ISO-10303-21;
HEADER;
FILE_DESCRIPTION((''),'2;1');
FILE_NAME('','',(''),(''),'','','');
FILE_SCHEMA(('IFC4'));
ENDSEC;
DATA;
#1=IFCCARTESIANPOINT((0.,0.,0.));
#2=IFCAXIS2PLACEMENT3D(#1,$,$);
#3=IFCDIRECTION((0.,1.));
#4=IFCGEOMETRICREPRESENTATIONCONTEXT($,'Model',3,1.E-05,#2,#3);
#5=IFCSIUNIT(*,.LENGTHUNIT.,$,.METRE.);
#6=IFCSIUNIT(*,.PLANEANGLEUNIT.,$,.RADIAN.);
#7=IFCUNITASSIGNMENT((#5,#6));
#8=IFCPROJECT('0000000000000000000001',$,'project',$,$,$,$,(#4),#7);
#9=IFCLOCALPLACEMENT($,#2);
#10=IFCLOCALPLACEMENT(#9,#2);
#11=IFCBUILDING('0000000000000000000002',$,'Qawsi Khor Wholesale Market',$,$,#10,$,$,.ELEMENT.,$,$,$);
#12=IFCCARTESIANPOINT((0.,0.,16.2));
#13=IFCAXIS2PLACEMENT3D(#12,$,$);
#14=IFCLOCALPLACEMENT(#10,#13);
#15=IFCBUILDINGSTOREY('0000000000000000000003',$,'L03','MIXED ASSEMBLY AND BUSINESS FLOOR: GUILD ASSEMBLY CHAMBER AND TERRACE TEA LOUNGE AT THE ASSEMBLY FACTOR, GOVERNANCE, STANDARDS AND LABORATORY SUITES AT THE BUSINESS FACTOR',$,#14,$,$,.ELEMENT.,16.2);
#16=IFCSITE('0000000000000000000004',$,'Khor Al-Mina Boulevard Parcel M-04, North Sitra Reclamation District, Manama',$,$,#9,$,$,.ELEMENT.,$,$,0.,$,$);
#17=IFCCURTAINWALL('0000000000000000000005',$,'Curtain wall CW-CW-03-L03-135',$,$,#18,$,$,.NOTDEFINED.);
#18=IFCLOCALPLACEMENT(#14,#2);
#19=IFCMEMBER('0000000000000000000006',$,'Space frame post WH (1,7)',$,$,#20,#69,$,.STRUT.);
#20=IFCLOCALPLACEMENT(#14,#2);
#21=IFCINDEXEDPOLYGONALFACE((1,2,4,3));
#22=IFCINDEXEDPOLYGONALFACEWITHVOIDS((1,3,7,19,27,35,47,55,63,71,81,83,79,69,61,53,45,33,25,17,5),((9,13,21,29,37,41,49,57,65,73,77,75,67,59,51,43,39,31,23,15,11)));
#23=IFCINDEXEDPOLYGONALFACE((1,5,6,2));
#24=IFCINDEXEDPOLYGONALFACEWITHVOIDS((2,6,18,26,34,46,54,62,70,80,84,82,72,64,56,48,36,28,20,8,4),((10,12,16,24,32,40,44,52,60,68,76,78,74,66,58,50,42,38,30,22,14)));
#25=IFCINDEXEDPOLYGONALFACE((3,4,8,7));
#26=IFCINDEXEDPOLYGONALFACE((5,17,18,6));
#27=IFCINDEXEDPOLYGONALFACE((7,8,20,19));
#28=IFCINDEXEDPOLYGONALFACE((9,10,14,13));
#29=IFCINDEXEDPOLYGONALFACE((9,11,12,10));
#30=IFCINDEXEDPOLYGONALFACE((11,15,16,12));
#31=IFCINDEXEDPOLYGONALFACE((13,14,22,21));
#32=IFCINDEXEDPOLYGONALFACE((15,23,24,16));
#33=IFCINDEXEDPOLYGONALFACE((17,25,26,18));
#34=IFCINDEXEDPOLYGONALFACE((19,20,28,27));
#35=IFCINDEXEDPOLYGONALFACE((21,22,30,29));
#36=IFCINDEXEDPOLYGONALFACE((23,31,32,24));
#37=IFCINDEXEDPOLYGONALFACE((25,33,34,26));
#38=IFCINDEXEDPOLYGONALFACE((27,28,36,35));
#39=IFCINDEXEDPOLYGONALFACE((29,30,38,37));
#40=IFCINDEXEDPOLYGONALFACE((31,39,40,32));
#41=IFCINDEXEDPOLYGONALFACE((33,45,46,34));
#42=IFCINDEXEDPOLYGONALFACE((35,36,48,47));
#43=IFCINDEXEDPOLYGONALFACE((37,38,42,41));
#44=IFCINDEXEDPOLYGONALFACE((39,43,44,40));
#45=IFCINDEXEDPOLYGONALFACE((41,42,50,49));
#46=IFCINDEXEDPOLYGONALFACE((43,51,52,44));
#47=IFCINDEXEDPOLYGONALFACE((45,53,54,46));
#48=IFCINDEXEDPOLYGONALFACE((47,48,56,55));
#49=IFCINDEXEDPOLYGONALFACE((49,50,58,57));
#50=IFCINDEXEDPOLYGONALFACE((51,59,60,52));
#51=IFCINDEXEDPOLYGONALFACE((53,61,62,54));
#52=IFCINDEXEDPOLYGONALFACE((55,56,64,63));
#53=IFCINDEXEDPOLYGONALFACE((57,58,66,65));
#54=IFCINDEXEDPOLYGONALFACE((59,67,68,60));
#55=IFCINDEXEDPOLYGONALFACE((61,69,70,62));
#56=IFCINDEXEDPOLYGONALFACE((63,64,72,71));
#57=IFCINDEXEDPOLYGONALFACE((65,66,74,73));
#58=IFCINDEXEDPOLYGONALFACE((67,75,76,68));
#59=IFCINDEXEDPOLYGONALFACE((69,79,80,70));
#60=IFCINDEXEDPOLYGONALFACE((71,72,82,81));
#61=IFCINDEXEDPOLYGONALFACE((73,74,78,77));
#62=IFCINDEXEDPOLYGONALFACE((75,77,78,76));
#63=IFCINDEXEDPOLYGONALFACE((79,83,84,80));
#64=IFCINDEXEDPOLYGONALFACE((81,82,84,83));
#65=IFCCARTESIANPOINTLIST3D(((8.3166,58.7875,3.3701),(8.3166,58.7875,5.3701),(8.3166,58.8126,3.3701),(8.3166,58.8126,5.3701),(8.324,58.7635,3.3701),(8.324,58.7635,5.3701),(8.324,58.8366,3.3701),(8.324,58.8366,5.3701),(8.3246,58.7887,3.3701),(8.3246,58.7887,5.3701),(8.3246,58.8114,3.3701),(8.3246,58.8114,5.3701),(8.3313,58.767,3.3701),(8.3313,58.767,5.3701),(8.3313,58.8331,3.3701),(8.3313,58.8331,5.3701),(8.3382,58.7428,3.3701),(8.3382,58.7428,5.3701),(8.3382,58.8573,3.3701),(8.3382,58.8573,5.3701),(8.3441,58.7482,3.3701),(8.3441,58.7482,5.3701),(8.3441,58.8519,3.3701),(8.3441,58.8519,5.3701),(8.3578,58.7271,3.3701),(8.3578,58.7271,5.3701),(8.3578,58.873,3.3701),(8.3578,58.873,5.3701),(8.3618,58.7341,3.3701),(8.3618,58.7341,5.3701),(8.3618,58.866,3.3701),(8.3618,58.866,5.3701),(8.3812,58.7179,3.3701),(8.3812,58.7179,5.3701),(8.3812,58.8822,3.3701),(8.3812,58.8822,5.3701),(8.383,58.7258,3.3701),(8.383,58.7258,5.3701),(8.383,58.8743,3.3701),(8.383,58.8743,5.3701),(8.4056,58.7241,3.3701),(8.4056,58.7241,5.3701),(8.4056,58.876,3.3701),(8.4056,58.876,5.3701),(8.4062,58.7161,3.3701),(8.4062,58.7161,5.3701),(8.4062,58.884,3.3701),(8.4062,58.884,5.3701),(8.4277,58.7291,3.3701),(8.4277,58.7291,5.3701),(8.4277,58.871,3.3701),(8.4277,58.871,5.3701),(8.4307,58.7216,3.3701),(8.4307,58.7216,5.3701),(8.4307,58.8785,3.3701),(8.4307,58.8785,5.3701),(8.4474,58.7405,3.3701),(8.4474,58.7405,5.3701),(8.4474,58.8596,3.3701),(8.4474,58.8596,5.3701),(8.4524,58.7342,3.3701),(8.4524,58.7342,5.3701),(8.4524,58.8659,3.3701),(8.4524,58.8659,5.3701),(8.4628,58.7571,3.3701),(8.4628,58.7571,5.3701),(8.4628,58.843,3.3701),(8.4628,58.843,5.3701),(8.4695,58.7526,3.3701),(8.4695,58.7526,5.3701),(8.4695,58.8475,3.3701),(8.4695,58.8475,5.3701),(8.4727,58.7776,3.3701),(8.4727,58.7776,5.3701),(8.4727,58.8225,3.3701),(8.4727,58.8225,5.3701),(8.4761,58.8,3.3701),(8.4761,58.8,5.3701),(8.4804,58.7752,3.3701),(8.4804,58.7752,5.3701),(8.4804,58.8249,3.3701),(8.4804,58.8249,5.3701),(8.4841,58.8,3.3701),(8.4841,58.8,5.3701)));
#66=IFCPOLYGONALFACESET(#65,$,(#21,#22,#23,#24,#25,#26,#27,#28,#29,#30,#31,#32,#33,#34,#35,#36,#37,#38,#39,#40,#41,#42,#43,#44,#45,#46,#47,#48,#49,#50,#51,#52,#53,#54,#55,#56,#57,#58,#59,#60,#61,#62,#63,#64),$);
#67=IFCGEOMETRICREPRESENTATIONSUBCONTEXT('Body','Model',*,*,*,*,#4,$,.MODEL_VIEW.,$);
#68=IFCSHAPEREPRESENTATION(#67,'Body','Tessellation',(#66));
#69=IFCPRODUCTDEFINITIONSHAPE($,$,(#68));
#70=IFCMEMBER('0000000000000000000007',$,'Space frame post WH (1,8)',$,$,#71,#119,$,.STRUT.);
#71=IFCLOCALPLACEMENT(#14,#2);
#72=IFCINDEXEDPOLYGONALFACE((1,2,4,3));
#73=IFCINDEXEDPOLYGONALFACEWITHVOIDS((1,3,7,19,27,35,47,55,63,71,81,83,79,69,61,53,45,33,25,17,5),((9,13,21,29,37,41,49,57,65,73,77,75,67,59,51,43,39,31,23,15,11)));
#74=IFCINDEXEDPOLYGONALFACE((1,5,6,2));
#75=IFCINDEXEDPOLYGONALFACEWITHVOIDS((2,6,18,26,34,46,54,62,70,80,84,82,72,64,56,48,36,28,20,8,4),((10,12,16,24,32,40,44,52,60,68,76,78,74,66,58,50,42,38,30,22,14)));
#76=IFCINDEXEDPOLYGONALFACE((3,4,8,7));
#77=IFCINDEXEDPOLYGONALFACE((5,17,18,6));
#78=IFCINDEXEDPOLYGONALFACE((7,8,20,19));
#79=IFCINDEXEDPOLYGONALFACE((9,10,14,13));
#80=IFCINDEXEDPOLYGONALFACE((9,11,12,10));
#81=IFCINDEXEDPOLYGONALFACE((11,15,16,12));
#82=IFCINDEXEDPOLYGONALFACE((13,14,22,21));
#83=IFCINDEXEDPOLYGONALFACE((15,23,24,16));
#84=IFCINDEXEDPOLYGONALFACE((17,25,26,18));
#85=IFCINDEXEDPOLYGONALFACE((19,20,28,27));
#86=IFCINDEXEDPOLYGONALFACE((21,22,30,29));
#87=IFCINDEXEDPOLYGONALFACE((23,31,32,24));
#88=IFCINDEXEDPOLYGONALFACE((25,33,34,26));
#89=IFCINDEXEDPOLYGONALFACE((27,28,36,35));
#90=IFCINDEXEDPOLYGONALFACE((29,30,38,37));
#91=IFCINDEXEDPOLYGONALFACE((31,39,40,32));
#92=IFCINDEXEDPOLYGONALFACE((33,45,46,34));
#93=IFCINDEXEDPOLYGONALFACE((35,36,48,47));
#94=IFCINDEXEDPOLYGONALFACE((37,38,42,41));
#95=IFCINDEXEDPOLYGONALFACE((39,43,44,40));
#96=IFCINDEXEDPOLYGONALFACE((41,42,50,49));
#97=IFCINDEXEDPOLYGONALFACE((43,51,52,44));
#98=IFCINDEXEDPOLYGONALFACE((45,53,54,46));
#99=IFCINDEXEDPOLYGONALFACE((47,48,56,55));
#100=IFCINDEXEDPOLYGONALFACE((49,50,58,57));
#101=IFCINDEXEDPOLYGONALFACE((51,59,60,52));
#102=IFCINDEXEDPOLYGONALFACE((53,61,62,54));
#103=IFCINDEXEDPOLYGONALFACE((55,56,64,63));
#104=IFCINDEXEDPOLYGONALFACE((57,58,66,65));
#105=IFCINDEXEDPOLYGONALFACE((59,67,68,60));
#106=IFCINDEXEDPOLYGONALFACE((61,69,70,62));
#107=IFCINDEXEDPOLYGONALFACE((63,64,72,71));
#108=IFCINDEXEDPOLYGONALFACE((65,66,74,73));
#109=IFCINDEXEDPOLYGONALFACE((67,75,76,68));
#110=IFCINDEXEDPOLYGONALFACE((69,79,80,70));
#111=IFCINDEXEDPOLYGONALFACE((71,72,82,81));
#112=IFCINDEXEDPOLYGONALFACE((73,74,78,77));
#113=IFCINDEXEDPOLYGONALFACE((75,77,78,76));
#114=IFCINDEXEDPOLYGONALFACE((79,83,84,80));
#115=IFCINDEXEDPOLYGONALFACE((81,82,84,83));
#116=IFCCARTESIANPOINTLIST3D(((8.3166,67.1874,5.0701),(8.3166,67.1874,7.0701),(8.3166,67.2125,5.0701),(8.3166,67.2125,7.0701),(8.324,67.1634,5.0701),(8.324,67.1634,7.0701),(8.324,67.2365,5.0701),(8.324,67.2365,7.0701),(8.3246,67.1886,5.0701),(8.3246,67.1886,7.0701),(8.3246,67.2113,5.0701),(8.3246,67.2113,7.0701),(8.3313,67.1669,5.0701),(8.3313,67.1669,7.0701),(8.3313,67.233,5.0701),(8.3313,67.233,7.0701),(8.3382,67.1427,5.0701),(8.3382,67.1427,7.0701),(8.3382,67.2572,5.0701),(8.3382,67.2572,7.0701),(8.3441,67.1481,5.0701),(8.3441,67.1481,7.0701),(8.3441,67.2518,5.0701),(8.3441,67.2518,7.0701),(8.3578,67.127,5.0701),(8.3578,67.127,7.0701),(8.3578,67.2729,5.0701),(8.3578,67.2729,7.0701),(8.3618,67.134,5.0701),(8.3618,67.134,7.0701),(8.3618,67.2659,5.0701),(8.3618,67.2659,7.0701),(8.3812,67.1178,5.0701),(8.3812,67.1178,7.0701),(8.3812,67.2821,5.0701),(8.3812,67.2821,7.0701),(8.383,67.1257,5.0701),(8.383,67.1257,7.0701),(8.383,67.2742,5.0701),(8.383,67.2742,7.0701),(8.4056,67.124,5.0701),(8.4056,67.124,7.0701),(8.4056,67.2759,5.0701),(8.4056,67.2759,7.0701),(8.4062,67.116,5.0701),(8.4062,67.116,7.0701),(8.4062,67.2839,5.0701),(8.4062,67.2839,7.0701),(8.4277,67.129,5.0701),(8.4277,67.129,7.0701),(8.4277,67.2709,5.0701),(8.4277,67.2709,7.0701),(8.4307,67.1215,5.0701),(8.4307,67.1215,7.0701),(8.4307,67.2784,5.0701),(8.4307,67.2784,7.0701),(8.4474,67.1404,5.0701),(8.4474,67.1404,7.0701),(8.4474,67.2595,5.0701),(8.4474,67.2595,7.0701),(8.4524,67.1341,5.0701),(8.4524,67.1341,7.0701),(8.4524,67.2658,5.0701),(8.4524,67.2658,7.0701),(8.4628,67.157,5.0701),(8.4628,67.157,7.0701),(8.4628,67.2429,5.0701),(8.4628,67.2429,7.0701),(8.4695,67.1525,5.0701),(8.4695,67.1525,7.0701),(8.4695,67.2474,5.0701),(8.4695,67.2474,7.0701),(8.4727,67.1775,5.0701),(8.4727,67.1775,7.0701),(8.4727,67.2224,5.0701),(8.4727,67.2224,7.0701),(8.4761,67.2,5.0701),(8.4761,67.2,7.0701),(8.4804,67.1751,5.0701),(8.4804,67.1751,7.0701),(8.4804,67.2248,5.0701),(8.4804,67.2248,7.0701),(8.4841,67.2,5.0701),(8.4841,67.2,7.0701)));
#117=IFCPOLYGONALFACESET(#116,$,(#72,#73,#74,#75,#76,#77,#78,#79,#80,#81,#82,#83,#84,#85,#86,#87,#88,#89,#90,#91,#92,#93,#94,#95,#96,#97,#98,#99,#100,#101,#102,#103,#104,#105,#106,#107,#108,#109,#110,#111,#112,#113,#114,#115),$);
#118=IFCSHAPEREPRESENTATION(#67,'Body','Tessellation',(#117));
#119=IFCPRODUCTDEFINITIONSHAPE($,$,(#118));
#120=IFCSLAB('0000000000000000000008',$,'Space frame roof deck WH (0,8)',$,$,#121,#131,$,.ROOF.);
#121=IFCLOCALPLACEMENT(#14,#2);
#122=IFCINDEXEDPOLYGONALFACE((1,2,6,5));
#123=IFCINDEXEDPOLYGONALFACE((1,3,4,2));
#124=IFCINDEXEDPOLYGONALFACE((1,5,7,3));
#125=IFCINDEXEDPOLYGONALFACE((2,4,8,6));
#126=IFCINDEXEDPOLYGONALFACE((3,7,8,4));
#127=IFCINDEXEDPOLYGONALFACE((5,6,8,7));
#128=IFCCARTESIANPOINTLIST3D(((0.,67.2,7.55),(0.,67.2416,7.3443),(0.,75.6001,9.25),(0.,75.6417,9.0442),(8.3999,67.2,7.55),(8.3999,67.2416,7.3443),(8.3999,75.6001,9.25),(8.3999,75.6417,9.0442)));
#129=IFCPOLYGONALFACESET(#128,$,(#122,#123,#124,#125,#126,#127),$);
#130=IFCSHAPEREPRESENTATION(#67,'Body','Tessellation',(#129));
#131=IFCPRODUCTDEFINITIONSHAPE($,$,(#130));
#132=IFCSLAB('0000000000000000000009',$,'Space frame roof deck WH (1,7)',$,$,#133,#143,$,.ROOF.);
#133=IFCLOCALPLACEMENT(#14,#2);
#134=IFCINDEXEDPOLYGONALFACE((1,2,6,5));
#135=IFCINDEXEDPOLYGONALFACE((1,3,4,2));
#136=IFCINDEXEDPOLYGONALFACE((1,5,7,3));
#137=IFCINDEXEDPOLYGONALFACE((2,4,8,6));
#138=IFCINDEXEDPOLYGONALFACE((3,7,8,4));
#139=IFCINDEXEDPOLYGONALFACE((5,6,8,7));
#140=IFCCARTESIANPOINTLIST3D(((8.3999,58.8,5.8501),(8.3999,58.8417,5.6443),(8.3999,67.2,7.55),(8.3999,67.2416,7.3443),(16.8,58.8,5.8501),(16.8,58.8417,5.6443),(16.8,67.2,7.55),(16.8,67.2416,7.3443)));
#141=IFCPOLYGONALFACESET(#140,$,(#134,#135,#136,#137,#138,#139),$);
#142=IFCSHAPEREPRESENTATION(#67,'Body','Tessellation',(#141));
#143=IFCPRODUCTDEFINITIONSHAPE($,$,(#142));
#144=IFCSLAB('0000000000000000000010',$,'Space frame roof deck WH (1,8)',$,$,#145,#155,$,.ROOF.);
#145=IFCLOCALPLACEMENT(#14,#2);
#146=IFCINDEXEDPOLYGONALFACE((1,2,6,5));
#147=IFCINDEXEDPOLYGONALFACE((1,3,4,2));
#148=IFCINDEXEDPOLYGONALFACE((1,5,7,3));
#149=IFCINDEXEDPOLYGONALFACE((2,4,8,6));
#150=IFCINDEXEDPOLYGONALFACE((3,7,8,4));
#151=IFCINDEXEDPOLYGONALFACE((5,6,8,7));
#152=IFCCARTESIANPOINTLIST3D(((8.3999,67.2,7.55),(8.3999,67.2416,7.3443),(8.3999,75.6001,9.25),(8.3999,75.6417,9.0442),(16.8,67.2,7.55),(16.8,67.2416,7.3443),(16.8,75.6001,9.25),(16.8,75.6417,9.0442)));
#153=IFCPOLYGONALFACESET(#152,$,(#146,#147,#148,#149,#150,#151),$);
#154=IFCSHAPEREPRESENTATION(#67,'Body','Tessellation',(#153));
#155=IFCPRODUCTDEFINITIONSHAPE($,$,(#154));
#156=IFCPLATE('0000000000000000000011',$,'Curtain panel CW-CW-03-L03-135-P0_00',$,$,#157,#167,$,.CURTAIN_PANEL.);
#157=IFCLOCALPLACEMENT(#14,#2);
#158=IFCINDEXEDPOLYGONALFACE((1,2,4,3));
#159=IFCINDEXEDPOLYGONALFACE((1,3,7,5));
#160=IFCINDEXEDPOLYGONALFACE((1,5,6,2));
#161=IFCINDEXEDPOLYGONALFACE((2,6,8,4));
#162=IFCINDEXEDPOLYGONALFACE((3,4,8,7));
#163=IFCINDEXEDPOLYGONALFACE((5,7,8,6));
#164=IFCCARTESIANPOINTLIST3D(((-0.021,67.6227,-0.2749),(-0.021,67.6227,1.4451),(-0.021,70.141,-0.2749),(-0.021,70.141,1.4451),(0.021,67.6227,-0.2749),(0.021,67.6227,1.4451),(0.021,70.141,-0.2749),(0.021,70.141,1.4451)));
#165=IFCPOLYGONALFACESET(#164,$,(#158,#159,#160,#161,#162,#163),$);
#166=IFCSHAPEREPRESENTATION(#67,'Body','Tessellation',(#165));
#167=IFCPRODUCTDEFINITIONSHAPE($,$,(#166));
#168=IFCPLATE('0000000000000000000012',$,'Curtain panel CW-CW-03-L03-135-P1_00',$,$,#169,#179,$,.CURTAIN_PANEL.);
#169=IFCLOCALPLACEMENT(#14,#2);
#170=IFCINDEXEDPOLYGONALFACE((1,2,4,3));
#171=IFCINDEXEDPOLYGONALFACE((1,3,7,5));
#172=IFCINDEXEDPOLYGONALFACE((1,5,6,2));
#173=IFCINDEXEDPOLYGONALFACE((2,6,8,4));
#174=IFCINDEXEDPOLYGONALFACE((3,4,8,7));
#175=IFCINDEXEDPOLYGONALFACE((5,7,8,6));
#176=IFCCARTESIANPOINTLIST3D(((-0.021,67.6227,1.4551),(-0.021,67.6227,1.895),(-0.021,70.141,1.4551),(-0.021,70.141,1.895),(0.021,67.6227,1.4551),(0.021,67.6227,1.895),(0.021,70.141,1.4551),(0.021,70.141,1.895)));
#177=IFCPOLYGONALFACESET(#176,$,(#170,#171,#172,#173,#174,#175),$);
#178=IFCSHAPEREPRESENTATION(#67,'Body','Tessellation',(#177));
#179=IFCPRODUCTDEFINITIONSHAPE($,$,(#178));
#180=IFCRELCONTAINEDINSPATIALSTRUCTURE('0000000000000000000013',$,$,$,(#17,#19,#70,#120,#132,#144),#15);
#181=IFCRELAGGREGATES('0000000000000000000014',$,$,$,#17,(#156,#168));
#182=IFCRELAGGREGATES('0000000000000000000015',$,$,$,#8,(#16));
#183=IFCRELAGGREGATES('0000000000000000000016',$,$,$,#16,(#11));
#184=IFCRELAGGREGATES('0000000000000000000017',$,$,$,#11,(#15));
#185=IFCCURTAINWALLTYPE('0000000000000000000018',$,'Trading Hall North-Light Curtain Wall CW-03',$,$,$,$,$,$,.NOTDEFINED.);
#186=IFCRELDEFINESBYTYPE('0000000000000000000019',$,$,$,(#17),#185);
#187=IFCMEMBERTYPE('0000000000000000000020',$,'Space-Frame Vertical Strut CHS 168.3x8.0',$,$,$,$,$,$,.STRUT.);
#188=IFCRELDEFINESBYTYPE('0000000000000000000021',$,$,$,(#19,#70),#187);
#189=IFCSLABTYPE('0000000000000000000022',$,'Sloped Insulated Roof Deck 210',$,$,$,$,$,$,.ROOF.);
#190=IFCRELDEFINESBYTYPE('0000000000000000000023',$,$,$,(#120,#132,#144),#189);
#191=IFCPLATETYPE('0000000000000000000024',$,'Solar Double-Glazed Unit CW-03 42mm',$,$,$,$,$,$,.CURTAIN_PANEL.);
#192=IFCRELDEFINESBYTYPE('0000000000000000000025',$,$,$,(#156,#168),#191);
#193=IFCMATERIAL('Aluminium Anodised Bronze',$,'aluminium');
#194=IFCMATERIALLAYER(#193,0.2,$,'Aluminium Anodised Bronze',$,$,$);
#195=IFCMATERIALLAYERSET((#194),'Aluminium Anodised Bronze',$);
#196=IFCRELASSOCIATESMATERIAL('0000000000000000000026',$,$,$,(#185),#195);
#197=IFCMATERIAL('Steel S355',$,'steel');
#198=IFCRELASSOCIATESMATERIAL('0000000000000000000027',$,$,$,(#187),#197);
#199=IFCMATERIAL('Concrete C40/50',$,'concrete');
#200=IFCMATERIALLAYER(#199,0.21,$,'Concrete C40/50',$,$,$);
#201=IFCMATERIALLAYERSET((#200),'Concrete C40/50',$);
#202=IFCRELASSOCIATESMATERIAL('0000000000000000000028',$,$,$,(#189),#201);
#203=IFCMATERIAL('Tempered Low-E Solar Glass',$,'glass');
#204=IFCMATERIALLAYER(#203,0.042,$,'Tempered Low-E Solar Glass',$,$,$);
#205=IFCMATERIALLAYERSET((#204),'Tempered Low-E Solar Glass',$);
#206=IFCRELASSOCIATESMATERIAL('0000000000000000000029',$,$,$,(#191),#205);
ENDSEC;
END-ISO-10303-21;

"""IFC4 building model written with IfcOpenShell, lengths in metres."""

from ifc_helpers import new_model, si_unit, direction, frame, frame_2d, origin, origin_2d, place, context, subcontext, project, spatial, polyline, rectangle, hollow_circle, outline, extrude, material, layer, layer_set, material_profile, profile_set, type_object, element, aggregate, save


model = new_model("IFC4")

# Units and contexts
model_context = context("Model", 3, precision=1e-05, world=origin(), true_north=direction((0.0, 1.0)))
body_context = subcontext(model_context, "Body", "Model", "MODEL_VIEW")
ifc_project = project(units=[si_unit("LENGTHUNIT", "METRE"), si_unit("PLANEANGLEUNIT", "RADIAN")], contexts=[model_context])

# Site, building, storey
site_placement = place(None, origin())
site = spatial("IfcSite", under=ifc_project, at=site_placement, Name="Khor Al-Mina Boulevard Parcel M-04, North Sitra Reclamation District, Manama", CompositionType="ELEMENT", RefElevation=0.0)
building_placement = place(site_placement, origin())
building = spatial("IfcBuilding", under=site, at=building_placement, Name="Qawsi Khor Wholesale Market", CompositionType="ELEMENT")
storey_placement = place(building_placement, frame((0.0, 0.0, 16.2)))
storey = spatial("IfcBuildingStorey", under=building, at=storey_placement, Name="L03", Description="MIXED ASSEMBLY AND BUSINESS FLOOR: GUILD ASSEMBLY CHAMBER AND TERRACE TEA LOUNGE AT THE ASSEMBLY FACTOR, GOVERNANCE, STANDARDS AND LABORATORY SUITES AT THE BUSINESS FACTOR", CompositionType="ELEMENT", Elevation=16.2)

# Shared definitions
ifc_material_1 = material(Name="Concrete C40/50", Category="concrete")

# Curtain wall
ifc_material_2 = material(Name="Aluminium Anodised Bronze", Category="aluminium")
ifc_layer_1 = layer(ifc_material_2, 0.2, Name="Aluminium Anodised Bronze")
ifc_layer_set_1 = layer_set([ifc_layer_1], Name="Aluminium Anodised Bronze")
curtain_wall_type = type_object("IfcCurtainWallType", Name="Trading Hall North-Light Curtain Wall CW-03", PredefinedType="NOTDEFINED", material=ifc_layer_set_1)
curtain_wall_placement = place(storey_placement, origin())
curtain_wall = element("IfcCurtainWall", 1, at=curtain_wall_placement, inside=storey, type_object=curtain_wall_type, Name="Curtain wall CW-CW-03-L03-135", PredefinedType="NOTDEFINED")

# Members
ifc_material_3 = material(Name="Steel S355", Category="steel")
ifc_material_profile_1 = material_profile(ifc_material_3, hollow_circle(Radius=0.0842, WallThickness=0.0081, at=origin_2d()), Name="CHS 168.3x8.0")
ifc_profile_set_1 = profile_set([ifc_material_profile_1], Name="Steel S355")
member_type_1 = type_object("IfcMemberType", Name="Space-Frame Vertical Strut CHS 168.3x8.0", PredefinedType="STRUT", material=ifc_profile_set_1)
for number, where, z_axis, x_axis, name in (
    (2, (8.3999, 58.8, 3.3701), (0.0, 0.0, 1.0), (1.0, 0.0, 0.0), "Space frame post WH (1,7)"),
    (3, (8.3999, 67.2, 5.0701), (0.0, 0.0, 1.0), (1.0, 0.0, 0.0), "Space frame post WH (1,8)"),
):
    element("IfcMember", number, at=place(storey_placement, frame(where, z_axis=z_axis, x_axis=x_axis)), inside=storey, type_object=member_type_1, Name=name, PredefinedType="STRUT", context=body_context, shape_type="SweptSolid", body=[
        extrude(hollow_circle(Radius=0.0842, WallThickness=0.0081, at=origin_2d()), origin(), (0.0, 0.0, 1.0), 2.0),
    ])

# Slabs
ifc_layer_2 = layer(ifc_material_1, 0.21, Name="Concrete C40/50")
ifc_layer_set_2 = layer_set([ifc_layer_2], Name="Concrete C40/50")
slab_type = type_object("IfcSlabType", Name="Sloped Insulated Roof Deck 210", PredefinedType="ROOF", material=ifc_layer_set_2)
slab_1_placement = place(storey_placement, frame((0.0, 67.2, 7.55), z_axis=(0.0, -0.198351, 0.980131), x_axis=(1.0, 0.0, 0.0)))
element("IfcSlab", 4, at=slab_1_placement, inside=storey, type_object=slab_type, Name="Space frame roof deck WH (0,8)", PredefinedType="ROOF", context=body_context, shape_type="SweptSolid", body=[
    extrude(outline(polyline([(0.0, 0.0), (8.3999, 0.0), (8.3999, 8.5704), (0.0, 8.5704), (0.0, 0.0)])), origin(), (0.0, 0.0, -1.0), 0.21),
])
slab_2_placement = place(storey_placement, frame((8.3999, 58.8, 5.8501), z_axis=(0.0, -0.198356, 0.98013), x_axis=(1.0, 0.0, 0.0)))
element("IfcSlab", 5, at=slab_2_placement, inside=storey, type_object=slab_type, Name="Space frame roof deck WH (1,7)", PredefinedType="ROOF", context=body_context, shape_type="SweptSolid", body=[
    extrude(outline(polyline([(0.0, 0.0), (8.4001, 0.0), (8.4001, 8.5702), (0.0, 8.5702), (0.0, 0.0)])), origin(), (0.0, 0.0, -1.0), 0.21),
])
slab_3_placement = place(storey_placement, frame((8.3999, 67.2, 7.55), z_axis=(0.0, -0.198351, 0.980131), x_axis=(1.0, 0.0, 0.0)))
element("IfcSlab", 6, at=slab_3_placement, inside=storey, type_object=slab_type, Name="Space frame roof deck WH (1,8)", PredefinedType="ROOF", context=body_context, shape_type="SweptSolid", body=[
    extrude(outline(polyline([(0.0, 0.0), (8.4001, 0.0), (8.4001, 8.5704), (0.0, 8.5704), (0.0, 0.0)])), origin(), (0.0, 0.0, -1.0), 0.21),
])

# Plates
ifc_material_4 = material(Name="Tempered Low-E Solar Glass", Category="glass")
ifc_layer_3 = layer(ifc_material_4, 0.042, Name="Tempered Low-E Solar Glass")
ifc_layer_set_3 = layer_set([ifc_layer_3], Name="Tempered Low-E Solar Glass")
plate_type = type_object("IfcPlateType", Name="Solar Double-Glazed Unit CW-03 42mm", PredefinedType="CURTAIN_PANEL", material=ifc_layer_set_3)
plate_1_placement = place(storey_placement, frame((0.0, 67.6226, -0.2749), z_axis=(0.0, 0.0, 1.0), x_axis=(0.0, 1.0, 0.0)))
plate_1 = element("IfcPlate", 7, at=plate_1_placement, type_object=plate_type, Name="Curtain panel CW-CW-03-L03-135-P0_00", PredefinedType="CURTAIN_PANEL", context=body_context, shape_type="SweptSolid", body=[
    extrude(rectangle(XDim=2.5183, YDim=0.042, at=frame_2d((1.2593, 0.0))), origin(), (0.0, 0.0, 1.0), 1.72),
])
plate_2_placement = place(storey_placement, frame((0.0, 67.6226, 1.4551), z_axis=(0.0, 0.0, 1.0), x_axis=(0.0, 1.0, 0.0)))
plate_2 = element("IfcPlate", 8, at=plate_2_placement, type_object=plate_type, Name="Curtain panel CW-CW-03-L03-135-P1_00", PredefinedType="CURTAIN_PANEL", context=body_context, shape_type="SweptSolid", body=[
    extrude(rectangle(XDim=2.5183, YDim=0.042, at=frame_2d((1.2593, 0.0))), origin(), (0.0, 0.0, 1.0), 0.4399),
])
aggregate(curtain_wall, [plate_1, plate_2])

save(model, "model.ifc")
